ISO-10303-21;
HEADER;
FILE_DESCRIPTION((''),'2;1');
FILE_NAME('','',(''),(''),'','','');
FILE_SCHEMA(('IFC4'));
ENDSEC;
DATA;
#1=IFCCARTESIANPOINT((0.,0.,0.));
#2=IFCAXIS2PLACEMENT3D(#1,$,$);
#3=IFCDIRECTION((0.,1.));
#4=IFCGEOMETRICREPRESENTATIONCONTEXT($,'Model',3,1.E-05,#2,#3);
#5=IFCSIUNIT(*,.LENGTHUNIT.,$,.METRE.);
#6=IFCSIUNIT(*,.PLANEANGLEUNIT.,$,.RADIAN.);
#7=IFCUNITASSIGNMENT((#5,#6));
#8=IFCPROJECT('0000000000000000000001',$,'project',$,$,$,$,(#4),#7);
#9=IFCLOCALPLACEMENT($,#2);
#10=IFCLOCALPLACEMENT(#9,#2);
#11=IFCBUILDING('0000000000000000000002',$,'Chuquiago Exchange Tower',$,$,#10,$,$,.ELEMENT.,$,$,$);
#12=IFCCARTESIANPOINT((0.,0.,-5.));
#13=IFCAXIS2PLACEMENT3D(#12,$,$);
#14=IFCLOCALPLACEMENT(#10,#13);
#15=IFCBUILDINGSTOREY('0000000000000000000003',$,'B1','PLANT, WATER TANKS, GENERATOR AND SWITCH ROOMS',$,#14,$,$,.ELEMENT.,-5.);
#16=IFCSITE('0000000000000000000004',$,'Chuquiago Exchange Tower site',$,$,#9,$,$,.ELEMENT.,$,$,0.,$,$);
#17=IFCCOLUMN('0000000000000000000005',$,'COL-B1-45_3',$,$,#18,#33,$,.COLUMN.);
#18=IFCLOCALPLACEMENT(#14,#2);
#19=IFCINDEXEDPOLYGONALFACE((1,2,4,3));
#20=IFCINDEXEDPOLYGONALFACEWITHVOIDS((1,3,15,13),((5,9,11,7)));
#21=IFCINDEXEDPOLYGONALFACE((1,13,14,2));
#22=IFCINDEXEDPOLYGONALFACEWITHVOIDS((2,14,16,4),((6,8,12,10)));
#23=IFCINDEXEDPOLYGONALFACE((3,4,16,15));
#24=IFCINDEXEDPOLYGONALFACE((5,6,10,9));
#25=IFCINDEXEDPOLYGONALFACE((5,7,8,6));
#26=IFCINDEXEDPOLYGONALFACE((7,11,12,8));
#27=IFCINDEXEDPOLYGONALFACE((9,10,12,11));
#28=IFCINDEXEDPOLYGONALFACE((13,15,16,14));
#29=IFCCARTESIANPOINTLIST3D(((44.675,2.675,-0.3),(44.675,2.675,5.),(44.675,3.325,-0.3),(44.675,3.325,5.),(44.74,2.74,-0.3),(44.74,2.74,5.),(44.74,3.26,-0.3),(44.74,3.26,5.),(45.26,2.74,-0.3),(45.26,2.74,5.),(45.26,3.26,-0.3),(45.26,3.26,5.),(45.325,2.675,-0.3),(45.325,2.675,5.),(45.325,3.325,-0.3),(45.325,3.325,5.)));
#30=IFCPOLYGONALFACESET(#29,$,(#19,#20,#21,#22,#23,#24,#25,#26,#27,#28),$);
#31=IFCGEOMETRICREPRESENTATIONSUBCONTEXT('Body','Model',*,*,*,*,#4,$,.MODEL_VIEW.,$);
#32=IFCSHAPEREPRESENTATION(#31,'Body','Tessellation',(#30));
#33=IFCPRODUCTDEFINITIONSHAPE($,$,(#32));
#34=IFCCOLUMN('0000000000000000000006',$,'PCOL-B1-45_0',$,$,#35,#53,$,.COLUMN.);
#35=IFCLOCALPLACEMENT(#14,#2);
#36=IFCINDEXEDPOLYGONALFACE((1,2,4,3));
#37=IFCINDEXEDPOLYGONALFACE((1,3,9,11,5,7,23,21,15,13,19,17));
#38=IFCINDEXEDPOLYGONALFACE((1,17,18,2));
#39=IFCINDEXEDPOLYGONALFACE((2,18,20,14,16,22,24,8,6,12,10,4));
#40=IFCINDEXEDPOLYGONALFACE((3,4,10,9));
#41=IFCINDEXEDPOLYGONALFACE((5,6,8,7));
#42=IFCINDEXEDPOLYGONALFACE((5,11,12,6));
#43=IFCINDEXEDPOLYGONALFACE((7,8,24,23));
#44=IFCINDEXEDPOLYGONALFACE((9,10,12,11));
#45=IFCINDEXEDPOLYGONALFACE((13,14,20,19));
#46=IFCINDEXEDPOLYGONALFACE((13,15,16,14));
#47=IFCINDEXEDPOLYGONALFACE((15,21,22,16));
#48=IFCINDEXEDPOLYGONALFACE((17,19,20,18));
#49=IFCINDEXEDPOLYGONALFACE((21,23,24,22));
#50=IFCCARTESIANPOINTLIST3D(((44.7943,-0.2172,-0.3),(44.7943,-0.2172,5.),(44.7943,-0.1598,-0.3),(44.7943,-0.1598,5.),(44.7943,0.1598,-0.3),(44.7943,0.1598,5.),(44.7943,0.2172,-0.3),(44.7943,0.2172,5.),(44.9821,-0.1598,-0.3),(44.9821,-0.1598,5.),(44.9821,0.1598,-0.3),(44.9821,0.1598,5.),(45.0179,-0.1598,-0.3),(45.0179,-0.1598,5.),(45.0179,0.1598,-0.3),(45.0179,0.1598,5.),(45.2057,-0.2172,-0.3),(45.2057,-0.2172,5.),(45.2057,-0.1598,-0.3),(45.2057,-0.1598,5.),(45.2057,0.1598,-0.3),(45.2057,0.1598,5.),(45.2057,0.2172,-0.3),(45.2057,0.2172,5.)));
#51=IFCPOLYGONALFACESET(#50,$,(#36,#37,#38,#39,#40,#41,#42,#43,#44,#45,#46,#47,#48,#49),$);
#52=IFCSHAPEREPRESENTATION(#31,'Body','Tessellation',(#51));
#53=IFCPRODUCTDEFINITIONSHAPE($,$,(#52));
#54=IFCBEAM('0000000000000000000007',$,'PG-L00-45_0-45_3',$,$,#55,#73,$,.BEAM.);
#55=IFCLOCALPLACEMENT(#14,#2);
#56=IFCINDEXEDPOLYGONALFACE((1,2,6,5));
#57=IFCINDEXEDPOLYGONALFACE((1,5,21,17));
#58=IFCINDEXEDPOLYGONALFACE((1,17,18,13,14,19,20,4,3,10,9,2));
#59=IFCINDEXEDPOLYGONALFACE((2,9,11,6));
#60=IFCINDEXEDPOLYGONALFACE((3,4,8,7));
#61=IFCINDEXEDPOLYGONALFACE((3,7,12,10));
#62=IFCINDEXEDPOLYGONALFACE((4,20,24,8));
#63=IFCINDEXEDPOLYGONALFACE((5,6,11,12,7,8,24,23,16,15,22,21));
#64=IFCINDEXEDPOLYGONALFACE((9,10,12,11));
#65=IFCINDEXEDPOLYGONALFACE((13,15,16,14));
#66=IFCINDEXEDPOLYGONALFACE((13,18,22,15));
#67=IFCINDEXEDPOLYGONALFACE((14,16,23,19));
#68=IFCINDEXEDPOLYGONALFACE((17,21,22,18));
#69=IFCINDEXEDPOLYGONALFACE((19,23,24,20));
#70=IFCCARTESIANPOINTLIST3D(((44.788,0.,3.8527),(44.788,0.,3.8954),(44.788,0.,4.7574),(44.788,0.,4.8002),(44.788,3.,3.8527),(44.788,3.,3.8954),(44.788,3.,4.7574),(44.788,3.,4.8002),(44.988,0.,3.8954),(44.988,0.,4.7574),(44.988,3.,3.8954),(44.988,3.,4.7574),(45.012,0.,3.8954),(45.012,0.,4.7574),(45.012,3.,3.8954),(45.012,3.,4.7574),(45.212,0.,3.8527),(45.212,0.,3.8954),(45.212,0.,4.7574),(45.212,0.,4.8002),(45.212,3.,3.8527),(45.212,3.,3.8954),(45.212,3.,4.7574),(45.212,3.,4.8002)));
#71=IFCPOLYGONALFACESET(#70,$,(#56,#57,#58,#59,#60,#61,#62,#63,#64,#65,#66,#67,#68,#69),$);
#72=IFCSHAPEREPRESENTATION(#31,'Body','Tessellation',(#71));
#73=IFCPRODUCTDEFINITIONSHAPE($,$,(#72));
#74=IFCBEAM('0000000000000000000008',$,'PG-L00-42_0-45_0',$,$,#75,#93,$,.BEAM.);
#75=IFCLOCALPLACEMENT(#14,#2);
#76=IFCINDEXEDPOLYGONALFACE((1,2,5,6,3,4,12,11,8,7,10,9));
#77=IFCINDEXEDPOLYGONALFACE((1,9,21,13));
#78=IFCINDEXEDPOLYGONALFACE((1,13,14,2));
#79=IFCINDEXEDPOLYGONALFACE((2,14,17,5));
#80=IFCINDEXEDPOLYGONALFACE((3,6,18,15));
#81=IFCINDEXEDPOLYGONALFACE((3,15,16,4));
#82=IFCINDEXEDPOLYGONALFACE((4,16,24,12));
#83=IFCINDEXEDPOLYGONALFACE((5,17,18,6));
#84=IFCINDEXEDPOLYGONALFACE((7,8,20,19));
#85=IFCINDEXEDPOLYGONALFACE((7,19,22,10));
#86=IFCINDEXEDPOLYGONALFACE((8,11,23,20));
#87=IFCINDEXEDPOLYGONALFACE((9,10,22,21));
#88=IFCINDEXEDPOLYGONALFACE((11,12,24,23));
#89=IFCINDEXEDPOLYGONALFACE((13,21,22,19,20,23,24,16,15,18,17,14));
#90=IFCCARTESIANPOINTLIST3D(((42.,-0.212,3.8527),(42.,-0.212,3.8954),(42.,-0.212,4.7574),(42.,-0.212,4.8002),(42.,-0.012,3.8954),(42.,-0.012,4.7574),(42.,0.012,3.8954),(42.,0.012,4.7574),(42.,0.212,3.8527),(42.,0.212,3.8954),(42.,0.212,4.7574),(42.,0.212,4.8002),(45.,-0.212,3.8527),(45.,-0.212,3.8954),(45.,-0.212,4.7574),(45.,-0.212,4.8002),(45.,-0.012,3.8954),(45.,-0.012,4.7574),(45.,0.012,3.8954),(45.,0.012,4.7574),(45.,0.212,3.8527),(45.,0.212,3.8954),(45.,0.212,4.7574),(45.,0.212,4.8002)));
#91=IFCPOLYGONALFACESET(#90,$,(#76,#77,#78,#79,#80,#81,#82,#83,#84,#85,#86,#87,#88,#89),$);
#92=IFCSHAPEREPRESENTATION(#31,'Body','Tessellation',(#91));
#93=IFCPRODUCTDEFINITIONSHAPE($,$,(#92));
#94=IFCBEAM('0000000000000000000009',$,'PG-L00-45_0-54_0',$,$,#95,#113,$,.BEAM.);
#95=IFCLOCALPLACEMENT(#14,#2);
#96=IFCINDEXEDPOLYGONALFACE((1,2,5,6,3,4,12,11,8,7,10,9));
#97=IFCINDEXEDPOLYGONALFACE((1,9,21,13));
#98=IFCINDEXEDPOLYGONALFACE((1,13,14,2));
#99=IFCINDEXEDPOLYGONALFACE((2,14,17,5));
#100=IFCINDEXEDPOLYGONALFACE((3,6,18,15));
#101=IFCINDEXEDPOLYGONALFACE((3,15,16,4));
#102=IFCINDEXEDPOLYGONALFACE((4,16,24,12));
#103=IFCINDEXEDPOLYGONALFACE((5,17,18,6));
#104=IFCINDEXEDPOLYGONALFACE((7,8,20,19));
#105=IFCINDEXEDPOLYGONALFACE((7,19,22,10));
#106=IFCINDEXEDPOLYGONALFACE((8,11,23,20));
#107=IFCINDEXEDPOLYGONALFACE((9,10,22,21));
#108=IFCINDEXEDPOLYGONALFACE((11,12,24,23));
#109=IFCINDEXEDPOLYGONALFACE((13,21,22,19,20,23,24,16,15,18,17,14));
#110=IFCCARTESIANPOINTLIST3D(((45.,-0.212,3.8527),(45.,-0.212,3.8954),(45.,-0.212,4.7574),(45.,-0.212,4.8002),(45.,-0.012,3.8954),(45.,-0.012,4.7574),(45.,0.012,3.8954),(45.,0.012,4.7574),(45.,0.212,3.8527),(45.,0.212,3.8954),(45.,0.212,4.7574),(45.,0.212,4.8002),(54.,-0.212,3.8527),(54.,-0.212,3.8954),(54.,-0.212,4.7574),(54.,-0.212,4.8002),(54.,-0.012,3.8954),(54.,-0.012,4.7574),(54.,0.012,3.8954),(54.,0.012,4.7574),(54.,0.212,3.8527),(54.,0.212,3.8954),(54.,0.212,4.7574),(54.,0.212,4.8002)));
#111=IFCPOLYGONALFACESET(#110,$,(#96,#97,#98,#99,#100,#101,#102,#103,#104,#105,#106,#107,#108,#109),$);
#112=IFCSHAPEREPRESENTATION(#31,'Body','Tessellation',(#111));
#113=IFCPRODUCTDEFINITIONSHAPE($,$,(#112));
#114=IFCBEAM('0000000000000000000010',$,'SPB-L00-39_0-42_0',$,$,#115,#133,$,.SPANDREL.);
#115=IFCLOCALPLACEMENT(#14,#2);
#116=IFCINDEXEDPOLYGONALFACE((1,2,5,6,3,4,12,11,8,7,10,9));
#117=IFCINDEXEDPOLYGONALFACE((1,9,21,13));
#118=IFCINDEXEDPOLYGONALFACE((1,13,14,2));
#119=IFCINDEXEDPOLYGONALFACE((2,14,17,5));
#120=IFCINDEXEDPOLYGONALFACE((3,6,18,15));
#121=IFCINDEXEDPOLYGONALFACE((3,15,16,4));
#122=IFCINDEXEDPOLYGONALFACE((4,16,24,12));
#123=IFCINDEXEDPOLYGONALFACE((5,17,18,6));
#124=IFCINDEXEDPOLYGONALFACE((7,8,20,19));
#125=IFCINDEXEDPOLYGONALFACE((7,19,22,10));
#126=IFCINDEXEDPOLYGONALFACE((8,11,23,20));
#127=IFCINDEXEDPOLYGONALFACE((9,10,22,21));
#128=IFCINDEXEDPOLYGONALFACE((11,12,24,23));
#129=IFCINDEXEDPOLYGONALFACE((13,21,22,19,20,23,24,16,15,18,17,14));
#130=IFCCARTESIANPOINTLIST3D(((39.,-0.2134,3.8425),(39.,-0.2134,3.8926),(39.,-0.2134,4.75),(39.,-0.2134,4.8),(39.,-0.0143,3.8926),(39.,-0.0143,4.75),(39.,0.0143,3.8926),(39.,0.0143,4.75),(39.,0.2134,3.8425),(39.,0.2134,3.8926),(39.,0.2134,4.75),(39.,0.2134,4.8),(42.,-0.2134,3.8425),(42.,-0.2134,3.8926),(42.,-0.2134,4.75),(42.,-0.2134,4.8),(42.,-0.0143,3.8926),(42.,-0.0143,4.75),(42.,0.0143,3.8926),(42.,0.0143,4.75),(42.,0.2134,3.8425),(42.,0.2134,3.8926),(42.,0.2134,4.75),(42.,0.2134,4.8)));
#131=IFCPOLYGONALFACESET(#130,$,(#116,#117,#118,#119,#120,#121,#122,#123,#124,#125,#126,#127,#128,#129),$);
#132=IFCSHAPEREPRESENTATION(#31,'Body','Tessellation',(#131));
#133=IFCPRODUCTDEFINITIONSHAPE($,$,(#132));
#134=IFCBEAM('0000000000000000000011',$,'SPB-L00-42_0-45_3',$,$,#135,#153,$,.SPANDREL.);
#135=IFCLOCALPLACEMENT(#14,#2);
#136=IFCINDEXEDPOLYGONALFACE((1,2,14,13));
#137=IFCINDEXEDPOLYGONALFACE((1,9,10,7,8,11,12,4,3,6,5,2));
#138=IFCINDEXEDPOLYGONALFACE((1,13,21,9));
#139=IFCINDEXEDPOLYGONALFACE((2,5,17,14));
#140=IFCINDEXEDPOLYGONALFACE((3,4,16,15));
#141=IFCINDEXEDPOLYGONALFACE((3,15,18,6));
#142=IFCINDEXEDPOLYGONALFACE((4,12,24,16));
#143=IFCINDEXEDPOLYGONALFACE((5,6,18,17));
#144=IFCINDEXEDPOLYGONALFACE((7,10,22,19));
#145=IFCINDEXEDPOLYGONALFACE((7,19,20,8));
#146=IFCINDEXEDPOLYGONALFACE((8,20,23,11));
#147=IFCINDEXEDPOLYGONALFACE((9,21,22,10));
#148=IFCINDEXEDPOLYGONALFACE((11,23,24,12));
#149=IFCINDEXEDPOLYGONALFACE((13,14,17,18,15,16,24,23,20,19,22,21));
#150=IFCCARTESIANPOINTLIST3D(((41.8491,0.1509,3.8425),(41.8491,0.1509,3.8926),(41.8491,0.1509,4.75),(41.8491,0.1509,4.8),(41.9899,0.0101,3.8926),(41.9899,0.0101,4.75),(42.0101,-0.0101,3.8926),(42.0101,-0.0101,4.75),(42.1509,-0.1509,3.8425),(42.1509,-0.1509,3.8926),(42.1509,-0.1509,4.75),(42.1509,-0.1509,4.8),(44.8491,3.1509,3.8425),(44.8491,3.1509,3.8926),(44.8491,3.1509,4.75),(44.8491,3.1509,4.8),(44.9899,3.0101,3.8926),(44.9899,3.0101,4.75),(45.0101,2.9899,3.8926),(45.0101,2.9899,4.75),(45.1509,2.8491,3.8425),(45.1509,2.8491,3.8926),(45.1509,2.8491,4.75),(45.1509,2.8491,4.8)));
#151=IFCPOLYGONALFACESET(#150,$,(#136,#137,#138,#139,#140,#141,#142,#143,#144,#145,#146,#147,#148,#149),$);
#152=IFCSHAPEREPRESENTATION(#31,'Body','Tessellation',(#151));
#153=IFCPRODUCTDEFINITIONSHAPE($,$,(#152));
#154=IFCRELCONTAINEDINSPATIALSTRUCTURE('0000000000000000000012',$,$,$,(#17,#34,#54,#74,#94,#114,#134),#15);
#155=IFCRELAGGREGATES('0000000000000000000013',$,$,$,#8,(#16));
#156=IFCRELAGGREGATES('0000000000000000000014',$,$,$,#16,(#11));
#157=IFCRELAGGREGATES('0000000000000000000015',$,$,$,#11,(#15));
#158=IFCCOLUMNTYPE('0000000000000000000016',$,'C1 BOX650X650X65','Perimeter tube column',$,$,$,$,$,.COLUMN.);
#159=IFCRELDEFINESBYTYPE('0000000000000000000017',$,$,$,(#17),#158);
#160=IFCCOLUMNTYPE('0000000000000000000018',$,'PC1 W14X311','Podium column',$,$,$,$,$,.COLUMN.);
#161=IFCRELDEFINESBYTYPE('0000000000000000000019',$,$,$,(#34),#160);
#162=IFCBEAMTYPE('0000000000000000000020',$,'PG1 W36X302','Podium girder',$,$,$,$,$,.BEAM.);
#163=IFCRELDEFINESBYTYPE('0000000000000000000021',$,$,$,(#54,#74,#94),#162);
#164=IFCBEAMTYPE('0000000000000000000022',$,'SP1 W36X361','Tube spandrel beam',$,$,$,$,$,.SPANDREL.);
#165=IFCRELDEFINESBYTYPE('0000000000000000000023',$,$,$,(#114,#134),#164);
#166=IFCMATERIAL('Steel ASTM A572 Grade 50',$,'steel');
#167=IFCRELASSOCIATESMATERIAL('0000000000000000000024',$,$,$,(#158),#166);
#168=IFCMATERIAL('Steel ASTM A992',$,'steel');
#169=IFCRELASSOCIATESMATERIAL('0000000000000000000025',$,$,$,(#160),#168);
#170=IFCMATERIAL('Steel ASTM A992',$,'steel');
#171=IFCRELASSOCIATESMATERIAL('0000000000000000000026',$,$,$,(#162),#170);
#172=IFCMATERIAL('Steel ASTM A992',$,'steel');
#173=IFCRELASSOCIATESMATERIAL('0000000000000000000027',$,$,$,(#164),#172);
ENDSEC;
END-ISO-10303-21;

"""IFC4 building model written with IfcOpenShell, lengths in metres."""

from ifc_helpers import new_model, si_unit, direction, frame, origin, origin_2d, place, context, subcontext, project, spatial, hollow_rectangle, i_section, extrude, material, material_profile, profile_set, type_object, element, save


model = new_model("IFC4")

# Units and contexts
model_context = context("Model", 3, precision=1e-05, world=origin(), true_north=direction((0.0, 1.0)))
body_context = subcontext(model_context, "Body", "Model", "MODEL_VIEW")
ifc_project = project(units=[si_unit("LENGTHUNIT", "METRE"), si_unit("PLANEANGLEUNIT", "RADIAN")], contexts=[model_context])

# Site, building, storey
site_placement = place(None, origin())
site = spatial("IfcSite", under=ifc_project, at=site_placement, Name="Chuquiago Exchange Tower site", CompositionType="ELEMENT", RefElevation=0.0)
building_placement = place(site_placement, origin())
building = spatial("IfcBuilding", under=site, at=building_placement, Name="Chuquiago Exchange Tower", CompositionType="ELEMENT")
storey_placement = place(building_placement, frame((0.0, 0.0, -5.0)))
storey = spatial("IfcBuildingStorey", under=building, at=storey_placement, Name="B1", Description="PLANT, WATER TANKS, GENERATOR AND SWITCH ROOMS", CompositionType="ELEMENT", Elevation=-5.0)

# Columns
ifc_material_1 = material(Name="Steel ASTM A572 Grade 50", Category="steel")
ifc_material_profile_1 = material_profile(ifc_material_1, hollow_rectangle(XDim=0.6499, YDim=0.6499, WallThickness=0.0649, at=origin_2d()), Name="BOX650X650X65")
ifc_profile_set_1 = profile_set([ifc_material_profile_1], Name="Steel ASTM A572 Grade 50")
column_type_1 = type_object("IfcColumnType", Name="C1 BOX650X650X65", Description="Perimeter tube column", PredefinedType="COLUMN", material=ifc_profile_set_1)
for number, where, z_axis, x_axis, name in (
    (1, (45.0, 3.0, -0.3), (0.0, 0.0, 1.0), (1.0, 0.0, 0.0), "COL-B1-45_3"),
):
    element("IfcColumn", number, at=place(storey_placement, frame(where, z_axis=z_axis, x_axis=x_axis)), inside=storey, type_object=column_type_1, Name=name, PredefinedType="COLUMN", context=body_context, shape_type="SweptSolid", body=[
        extrude(hollow_rectangle(XDim=0.6499, YDim=0.6499, WallThickness=0.0649, at=origin_2d()), origin(), (0.0, 0.0, 1.0), 5.3),
    ])
ifc_material_2 = material(Name="Steel ASTM A992", Category="steel")
ifc_material_profile_2 = material_profile(ifc_material_2, i_section(OverallWidth=0.4114, OverallDepth=0.4343, WebThickness=0.0359, FlangeThickness=0.0574, at=origin_2d()), Name="W14X311")
ifc_profile_set_2 = profile_set([ifc_material_profile_2], Name="Steel ASTM A992")
column_type_2 = type_object("IfcColumnType", Name="PC1 W14X311", Description="Podium column", PredefinedType="COLUMN", material=ifc_profile_set_2)
column_placement = place(storey_placement, frame((45.0, 0.0, -0.3), z_axis=(0.0, 0.0, 1.0), x_axis=(1.0, 0.0, 0.0)))
element("IfcColumn", 2, at=column_placement, inside=storey, type_object=column_type_2, Name="PCOL-B1-45_0", PredefinedType="COLUMN", context=body_context, shape_type="SweptSolid", body=[
    extrude(i_section(OverallWidth=0.4114, OverallDepth=0.4343, WebThickness=0.0359, FlangeThickness=0.0574, at=origin_2d()), origin(), (0.0, 0.0, 1.0), 5.3),
])

# Beams
ifc_material_3 = material(Name="Steel ASTM A992", Category="steel")
ifc_material_profile_3 = material_profile(ifc_material_3, i_section(OverallWidth=0.4241, OverallDepth=0.9475, WebThickness=0.0239, FlangeThickness=0.0427, at=origin_2d()), Name="W36X302")
ifc_profile_set_3 = profile_set([ifc_material_profile_3], Name="Steel ASTM A992")
beam_type_1 = type_object("IfcBeamType", Name="PG1 W36X302", Description="Podium girder", PredefinedType="BEAM", material=ifc_profile_set_3)
for number, where, z_axis, x_axis, name in (
    (3, (45.0, 0.0, 4.3264), (0.0, 1.0, 0.0), (-1.0, 0.0, 0.0), "PG-L00-45_0-45_3"),
    (4, (42.0, 0.0, 4.3264), (1.0, 0.0, 0.0), (0.0, 1.0, 0.0), "PG-L00-42_0-45_0"),
):
    element("IfcBeam", number, at=place(storey_placement, frame(where, z_axis=z_axis, x_axis=x_axis)), inside=storey, type_object=beam_type_1, Name=name, PredefinedType="BEAM", context=body_context, shape_type="SweptSolid", body=[
        extrude(i_section(OverallWidth=0.4241, OverallDepth=0.9475, WebThickness=0.0239, FlangeThickness=0.0427, at=origin_2d()), origin(), (0.0, 0.0, 1.0), 3.0),
    ])
beam_1_placement = place(storey_placement, frame((45.0, 0.0, 4.3264), z_axis=(1.0, 0.0, 0.0), x_axis=(0.0, 1.0, 0.0)))
element("IfcBeam", 5, at=beam_1_placement, inside=storey, type_object=beam_type_1, Name="PG-L00-45_0-54_0", PredefinedType="BEAM", context=body_context, shape_type="SweptSolid", body=[
    extrude(i_section(OverallWidth=0.4241, OverallDepth=0.9475, WebThickness=0.0239, FlangeThickness=0.0427, at=origin_2d()), origin(), (0.0, 0.0, 1.0), 9.0),
])
ifc_material_4 = material(Name="Steel ASTM A992", Category="steel")
ifc_material_profile_4 = material_profile(ifc_material_4, i_section(OverallWidth=0.4268, OverallDepth=0.9575, WebThickness=0.0286, FlangeThickness=0.05, at=origin_2d()), Name="W36X361")
ifc_profile_set_4 = profile_set([ifc_material_profile_4], Name="Steel ASTM A992")
beam_type_2 = type_object("IfcBeamType", Name="SP1 W36X361", Description="Tube spandrel beam", PredefinedType="SPANDREL", material=ifc_profile_set_4)
beam_2_placement = place(storey_placement, frame((39.0, 0.0, 4.3213), z_axis=(1.0, 0.0, 0.0), x_axis=(0.0, 1.0, 0.0)))
element("IfcBeam", 6, at=beam_2_placement, inside=storey, type_object=beam_type_2, Name="SPB-L00-39_0-42_0", PredefinedType="SPANDREL", context=body_context, shape_type="SweptSolid", body=[
    extrude(i_section(OverallWidth=0.4268, OverallDepth=0.9575, WebThickness=0.0286, FlangeThickness=0.05, at=origin_2d()), origin(), (0.0, 0.0, 1.0), 3.0),
])
beam_3_placement = place(storey_placement, frame((42.0, 0.0, 4.3213), z_axis=(0.707107, 0.707107, 0.0), x_axis=(-0.707107, 0.707107, 0.0)))
element("IfcBeam", 7, at=beam_3_placement, inside=storey, type_object=beam_type_2, Name="SPB-L00-42_0-45_3", PredefinedType="SPANDREL", context=body_context, shape_type="SweptSolid", body=[
    extrude(i_section(OverallWidth=0.4268, OverallDepth=0.9575, WebThickness=0.0286, FlangeThickness=0.05, at=origin_2d()), origin(), (0.0, 0.0, 1.0), 4.2427),
])

save(model, "model.ifc")
